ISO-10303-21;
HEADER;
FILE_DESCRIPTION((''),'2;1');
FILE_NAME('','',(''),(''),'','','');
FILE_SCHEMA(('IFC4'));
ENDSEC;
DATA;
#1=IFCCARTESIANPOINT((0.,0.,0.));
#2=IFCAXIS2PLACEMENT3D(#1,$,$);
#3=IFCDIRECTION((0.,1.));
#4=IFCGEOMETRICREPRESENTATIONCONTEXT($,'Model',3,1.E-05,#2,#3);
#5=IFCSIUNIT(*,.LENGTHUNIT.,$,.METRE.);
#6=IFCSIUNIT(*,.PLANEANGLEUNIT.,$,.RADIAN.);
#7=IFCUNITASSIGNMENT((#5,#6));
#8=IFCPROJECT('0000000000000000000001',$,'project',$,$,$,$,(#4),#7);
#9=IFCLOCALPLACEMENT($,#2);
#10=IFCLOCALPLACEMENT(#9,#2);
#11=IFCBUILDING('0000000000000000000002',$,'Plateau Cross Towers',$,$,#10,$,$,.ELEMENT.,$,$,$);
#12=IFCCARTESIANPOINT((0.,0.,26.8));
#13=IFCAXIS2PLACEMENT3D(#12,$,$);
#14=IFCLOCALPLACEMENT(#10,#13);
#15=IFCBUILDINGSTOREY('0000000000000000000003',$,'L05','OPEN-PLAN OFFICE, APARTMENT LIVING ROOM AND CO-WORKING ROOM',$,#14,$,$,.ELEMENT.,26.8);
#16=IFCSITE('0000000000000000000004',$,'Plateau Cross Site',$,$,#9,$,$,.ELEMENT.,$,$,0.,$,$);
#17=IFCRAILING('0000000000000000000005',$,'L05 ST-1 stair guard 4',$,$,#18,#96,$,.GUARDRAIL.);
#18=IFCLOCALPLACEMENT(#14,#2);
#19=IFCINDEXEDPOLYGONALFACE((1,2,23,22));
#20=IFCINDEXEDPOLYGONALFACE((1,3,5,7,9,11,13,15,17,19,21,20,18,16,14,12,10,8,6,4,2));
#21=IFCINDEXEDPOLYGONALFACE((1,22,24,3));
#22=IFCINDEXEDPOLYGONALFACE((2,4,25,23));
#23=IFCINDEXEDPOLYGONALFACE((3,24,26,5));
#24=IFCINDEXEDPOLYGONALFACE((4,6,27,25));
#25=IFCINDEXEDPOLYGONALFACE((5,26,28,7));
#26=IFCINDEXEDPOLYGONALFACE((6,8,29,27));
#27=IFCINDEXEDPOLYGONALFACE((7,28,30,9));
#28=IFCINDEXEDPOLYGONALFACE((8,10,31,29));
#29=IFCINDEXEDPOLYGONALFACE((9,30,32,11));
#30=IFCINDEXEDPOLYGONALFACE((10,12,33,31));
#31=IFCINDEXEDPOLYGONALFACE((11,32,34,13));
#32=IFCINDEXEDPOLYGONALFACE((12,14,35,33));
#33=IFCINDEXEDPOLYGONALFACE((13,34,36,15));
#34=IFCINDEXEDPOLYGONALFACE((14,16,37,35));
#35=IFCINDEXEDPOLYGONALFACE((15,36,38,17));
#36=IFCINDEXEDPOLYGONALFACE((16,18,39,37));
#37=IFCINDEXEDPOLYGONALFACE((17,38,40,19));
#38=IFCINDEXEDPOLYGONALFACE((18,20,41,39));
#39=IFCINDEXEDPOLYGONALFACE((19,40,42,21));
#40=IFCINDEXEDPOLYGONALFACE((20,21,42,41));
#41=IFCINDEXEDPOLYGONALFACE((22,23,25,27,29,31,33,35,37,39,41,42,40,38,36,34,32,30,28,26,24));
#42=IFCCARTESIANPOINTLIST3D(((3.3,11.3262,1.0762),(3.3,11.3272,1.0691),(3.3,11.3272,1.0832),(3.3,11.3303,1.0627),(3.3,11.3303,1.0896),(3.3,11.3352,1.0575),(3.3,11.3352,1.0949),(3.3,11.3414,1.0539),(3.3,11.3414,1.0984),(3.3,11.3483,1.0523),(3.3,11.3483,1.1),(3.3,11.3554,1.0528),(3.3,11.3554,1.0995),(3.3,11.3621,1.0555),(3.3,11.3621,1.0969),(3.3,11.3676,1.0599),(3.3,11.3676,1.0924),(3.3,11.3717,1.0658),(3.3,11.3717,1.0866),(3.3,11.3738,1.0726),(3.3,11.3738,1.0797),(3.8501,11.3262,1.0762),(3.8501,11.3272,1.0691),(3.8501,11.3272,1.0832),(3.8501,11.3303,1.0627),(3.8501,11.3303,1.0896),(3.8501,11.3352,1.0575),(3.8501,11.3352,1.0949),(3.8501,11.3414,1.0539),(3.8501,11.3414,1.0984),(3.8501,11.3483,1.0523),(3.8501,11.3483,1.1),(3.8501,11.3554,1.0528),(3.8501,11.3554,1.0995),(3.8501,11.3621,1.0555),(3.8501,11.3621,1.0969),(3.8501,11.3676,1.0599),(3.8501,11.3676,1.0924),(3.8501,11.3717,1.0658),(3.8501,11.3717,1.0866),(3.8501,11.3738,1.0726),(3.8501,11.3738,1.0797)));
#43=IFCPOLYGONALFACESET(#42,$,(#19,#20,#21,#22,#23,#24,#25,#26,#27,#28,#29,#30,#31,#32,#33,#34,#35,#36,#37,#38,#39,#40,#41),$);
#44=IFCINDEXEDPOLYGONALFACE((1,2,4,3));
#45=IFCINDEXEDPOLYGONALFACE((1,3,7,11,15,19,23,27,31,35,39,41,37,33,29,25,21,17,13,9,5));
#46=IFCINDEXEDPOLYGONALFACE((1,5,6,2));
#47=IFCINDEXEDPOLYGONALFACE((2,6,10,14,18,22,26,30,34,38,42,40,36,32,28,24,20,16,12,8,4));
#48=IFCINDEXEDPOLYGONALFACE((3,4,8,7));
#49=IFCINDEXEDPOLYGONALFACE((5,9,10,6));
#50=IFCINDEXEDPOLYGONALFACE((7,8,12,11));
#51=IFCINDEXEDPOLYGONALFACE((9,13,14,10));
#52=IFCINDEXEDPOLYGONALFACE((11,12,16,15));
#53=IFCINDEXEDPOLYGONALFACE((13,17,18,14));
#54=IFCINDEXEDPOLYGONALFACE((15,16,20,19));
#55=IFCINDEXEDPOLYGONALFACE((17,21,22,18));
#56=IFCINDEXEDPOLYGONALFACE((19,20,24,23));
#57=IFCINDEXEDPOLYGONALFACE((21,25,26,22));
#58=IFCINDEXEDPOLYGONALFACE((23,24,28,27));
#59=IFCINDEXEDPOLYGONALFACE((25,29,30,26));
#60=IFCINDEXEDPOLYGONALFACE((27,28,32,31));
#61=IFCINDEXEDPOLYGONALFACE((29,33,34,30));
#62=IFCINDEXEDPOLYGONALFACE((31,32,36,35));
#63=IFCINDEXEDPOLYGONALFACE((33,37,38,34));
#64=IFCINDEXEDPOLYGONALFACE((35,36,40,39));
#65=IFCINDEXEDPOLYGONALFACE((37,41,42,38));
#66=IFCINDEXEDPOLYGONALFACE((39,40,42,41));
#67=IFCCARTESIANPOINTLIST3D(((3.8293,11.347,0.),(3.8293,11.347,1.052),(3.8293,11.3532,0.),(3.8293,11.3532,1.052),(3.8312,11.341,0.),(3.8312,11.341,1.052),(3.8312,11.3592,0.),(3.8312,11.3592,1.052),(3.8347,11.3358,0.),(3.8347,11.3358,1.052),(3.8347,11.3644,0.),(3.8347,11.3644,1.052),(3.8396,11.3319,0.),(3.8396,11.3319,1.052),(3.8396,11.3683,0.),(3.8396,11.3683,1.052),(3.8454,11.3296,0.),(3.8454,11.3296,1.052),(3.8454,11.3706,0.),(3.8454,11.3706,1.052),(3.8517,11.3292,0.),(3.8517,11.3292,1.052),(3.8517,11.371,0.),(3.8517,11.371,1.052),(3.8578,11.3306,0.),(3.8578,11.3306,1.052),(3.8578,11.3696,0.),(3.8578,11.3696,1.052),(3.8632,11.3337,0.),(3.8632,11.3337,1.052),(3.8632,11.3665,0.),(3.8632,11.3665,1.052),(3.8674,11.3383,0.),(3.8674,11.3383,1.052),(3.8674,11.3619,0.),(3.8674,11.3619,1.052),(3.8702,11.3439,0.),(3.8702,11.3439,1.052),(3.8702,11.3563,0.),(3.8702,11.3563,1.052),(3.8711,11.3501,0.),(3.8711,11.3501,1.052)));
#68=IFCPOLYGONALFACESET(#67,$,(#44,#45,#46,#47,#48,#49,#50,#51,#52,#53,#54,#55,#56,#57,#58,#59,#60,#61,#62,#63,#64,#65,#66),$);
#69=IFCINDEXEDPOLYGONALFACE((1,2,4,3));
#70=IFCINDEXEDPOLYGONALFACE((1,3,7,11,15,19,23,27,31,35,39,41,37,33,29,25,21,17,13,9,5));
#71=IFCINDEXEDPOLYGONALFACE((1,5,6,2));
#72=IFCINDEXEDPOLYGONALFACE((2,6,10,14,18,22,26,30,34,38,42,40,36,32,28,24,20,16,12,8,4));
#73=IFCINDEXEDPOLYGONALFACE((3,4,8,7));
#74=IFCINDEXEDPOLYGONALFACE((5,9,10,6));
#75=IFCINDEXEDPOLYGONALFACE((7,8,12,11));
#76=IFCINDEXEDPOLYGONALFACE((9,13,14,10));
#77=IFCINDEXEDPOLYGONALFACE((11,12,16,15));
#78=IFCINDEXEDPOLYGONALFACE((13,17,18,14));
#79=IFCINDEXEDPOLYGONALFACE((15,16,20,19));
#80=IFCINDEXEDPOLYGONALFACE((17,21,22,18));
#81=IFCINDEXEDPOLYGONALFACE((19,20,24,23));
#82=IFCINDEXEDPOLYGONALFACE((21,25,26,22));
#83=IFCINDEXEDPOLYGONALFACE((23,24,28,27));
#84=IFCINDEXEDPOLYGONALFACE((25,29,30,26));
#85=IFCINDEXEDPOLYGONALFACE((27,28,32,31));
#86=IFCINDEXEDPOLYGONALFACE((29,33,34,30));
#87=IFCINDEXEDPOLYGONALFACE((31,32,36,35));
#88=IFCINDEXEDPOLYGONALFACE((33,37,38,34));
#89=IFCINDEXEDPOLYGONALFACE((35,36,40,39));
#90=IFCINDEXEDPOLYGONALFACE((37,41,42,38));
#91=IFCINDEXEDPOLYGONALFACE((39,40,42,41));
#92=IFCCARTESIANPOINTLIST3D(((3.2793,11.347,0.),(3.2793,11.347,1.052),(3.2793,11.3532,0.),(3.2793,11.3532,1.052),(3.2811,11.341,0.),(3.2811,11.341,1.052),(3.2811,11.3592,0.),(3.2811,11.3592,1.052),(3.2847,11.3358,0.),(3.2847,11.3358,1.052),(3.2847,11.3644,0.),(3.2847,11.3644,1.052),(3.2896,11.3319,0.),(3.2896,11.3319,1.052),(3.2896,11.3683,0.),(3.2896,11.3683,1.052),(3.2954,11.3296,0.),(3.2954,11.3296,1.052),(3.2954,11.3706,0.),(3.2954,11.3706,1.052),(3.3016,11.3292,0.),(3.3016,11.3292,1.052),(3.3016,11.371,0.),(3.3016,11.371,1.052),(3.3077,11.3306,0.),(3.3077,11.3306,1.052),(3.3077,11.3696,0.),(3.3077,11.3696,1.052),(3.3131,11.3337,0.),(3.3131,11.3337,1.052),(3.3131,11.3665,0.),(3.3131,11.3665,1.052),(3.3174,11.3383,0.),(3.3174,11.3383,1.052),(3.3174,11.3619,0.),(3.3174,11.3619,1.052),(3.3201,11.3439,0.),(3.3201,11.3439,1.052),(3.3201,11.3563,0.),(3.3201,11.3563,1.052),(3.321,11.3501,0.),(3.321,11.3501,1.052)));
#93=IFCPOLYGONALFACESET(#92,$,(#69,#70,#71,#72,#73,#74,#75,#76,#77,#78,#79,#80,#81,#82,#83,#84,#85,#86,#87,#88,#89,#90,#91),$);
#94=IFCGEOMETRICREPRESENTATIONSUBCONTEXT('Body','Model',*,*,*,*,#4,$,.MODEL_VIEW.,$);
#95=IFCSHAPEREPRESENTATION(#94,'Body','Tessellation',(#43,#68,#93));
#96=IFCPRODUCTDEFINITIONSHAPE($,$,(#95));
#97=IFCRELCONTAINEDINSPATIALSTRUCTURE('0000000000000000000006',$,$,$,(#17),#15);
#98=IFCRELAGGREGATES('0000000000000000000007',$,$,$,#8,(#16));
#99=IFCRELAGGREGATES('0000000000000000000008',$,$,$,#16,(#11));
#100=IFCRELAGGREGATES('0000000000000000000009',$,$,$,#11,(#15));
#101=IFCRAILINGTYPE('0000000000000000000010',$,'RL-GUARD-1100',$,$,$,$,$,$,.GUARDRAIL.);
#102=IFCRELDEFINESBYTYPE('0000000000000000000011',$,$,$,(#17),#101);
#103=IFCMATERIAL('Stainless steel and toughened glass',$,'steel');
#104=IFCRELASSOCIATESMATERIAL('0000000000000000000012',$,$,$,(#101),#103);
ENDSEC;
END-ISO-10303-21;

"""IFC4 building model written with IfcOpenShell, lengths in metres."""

from ifc_helpers import new_model, si_unit, direction, frame, origin, origin_2d, place, context, subcontext, project, spatial, circle, extrude, material, type_object, element, save


model = new_model("IFC4")

# Units and contexts
model_context = context("Model", 3, precision=1e-05, world=origin(), true_north=direction((0.0, 1.0)))
body_context = subcontext(model_context, "Body", "Model", "MODEL_VIEW")
ifc_project = project(units=[si_unit("LENGTHUNIT", "METRE"), si_unit("PLANEANGLEUNIT", "RADIAN")], contexts=[model_context])

# Site, building, storey
site_placement = place(None, origin())
site = spatial("IfcSite", under=ifc_project, at=site_placement, Name="Plateau Cross Site", CompositionType="ELEMENT", RefElevation=0.0)
building_placement = place(site_placement, origin())
building = spatial("IfcBuilding", under=site, at=building_placement, Name="Plateau Cross Towers", CompositionType="ELEMENT")
storey_placement = place(building_placement, frame((0.0, 0.0, 26.8)))
storey = spatial("IfcBuildingStorey", under=building, at=storey_placement, Name="L05", Description="OPEN-PLAN OFFICE, APARTMENT LIVING ROOM AND CO-WORKING ROOM", CompositionType="ELEMENT", Elevation=26.8)

# Railing
ifc_material_1 = material(Name="Stainless steel and toughened glass", Category="steel")
railing_type_1 = type_object("IfcRailingType", Name="RL-GUARD-1100", PredefinedType="GUARDRAIL", material=ifc_material_1)
railing_1_placement = place(storey_placement, frame((3.8501, 11.3501, 0.0)))
element("IfcRailing", 1, at=railing_1_placement, inside=storey, type_object=railing_type_1, Name="L05 ST-1 stair guard 4", PredefinedType="GUARDRAIL", context=body_context, shape_type="SweptSolid", body=[
    extrude(circle(Radius=0.0239, at=origin_2d()), frame((0.0, 0.0, 1.0762), z_axis=(-1.0, 0.0, 0.0), x_axis=(0.0, -1.0, 0.0)), (0.0, 0.0, 1.0), 0.55),
    extrude(circle(Radius=0.021, at=origin_2d()), origin(), (0.0, 0.0, 1.0), 1.052),
    extrude(circle(Radius=0.021, at=origin_2d()), frame((-0.55, 0.0, 0.0)), (0.0, 0.0, 1.0), 1.052),
])

save(model, "model.ifc")
